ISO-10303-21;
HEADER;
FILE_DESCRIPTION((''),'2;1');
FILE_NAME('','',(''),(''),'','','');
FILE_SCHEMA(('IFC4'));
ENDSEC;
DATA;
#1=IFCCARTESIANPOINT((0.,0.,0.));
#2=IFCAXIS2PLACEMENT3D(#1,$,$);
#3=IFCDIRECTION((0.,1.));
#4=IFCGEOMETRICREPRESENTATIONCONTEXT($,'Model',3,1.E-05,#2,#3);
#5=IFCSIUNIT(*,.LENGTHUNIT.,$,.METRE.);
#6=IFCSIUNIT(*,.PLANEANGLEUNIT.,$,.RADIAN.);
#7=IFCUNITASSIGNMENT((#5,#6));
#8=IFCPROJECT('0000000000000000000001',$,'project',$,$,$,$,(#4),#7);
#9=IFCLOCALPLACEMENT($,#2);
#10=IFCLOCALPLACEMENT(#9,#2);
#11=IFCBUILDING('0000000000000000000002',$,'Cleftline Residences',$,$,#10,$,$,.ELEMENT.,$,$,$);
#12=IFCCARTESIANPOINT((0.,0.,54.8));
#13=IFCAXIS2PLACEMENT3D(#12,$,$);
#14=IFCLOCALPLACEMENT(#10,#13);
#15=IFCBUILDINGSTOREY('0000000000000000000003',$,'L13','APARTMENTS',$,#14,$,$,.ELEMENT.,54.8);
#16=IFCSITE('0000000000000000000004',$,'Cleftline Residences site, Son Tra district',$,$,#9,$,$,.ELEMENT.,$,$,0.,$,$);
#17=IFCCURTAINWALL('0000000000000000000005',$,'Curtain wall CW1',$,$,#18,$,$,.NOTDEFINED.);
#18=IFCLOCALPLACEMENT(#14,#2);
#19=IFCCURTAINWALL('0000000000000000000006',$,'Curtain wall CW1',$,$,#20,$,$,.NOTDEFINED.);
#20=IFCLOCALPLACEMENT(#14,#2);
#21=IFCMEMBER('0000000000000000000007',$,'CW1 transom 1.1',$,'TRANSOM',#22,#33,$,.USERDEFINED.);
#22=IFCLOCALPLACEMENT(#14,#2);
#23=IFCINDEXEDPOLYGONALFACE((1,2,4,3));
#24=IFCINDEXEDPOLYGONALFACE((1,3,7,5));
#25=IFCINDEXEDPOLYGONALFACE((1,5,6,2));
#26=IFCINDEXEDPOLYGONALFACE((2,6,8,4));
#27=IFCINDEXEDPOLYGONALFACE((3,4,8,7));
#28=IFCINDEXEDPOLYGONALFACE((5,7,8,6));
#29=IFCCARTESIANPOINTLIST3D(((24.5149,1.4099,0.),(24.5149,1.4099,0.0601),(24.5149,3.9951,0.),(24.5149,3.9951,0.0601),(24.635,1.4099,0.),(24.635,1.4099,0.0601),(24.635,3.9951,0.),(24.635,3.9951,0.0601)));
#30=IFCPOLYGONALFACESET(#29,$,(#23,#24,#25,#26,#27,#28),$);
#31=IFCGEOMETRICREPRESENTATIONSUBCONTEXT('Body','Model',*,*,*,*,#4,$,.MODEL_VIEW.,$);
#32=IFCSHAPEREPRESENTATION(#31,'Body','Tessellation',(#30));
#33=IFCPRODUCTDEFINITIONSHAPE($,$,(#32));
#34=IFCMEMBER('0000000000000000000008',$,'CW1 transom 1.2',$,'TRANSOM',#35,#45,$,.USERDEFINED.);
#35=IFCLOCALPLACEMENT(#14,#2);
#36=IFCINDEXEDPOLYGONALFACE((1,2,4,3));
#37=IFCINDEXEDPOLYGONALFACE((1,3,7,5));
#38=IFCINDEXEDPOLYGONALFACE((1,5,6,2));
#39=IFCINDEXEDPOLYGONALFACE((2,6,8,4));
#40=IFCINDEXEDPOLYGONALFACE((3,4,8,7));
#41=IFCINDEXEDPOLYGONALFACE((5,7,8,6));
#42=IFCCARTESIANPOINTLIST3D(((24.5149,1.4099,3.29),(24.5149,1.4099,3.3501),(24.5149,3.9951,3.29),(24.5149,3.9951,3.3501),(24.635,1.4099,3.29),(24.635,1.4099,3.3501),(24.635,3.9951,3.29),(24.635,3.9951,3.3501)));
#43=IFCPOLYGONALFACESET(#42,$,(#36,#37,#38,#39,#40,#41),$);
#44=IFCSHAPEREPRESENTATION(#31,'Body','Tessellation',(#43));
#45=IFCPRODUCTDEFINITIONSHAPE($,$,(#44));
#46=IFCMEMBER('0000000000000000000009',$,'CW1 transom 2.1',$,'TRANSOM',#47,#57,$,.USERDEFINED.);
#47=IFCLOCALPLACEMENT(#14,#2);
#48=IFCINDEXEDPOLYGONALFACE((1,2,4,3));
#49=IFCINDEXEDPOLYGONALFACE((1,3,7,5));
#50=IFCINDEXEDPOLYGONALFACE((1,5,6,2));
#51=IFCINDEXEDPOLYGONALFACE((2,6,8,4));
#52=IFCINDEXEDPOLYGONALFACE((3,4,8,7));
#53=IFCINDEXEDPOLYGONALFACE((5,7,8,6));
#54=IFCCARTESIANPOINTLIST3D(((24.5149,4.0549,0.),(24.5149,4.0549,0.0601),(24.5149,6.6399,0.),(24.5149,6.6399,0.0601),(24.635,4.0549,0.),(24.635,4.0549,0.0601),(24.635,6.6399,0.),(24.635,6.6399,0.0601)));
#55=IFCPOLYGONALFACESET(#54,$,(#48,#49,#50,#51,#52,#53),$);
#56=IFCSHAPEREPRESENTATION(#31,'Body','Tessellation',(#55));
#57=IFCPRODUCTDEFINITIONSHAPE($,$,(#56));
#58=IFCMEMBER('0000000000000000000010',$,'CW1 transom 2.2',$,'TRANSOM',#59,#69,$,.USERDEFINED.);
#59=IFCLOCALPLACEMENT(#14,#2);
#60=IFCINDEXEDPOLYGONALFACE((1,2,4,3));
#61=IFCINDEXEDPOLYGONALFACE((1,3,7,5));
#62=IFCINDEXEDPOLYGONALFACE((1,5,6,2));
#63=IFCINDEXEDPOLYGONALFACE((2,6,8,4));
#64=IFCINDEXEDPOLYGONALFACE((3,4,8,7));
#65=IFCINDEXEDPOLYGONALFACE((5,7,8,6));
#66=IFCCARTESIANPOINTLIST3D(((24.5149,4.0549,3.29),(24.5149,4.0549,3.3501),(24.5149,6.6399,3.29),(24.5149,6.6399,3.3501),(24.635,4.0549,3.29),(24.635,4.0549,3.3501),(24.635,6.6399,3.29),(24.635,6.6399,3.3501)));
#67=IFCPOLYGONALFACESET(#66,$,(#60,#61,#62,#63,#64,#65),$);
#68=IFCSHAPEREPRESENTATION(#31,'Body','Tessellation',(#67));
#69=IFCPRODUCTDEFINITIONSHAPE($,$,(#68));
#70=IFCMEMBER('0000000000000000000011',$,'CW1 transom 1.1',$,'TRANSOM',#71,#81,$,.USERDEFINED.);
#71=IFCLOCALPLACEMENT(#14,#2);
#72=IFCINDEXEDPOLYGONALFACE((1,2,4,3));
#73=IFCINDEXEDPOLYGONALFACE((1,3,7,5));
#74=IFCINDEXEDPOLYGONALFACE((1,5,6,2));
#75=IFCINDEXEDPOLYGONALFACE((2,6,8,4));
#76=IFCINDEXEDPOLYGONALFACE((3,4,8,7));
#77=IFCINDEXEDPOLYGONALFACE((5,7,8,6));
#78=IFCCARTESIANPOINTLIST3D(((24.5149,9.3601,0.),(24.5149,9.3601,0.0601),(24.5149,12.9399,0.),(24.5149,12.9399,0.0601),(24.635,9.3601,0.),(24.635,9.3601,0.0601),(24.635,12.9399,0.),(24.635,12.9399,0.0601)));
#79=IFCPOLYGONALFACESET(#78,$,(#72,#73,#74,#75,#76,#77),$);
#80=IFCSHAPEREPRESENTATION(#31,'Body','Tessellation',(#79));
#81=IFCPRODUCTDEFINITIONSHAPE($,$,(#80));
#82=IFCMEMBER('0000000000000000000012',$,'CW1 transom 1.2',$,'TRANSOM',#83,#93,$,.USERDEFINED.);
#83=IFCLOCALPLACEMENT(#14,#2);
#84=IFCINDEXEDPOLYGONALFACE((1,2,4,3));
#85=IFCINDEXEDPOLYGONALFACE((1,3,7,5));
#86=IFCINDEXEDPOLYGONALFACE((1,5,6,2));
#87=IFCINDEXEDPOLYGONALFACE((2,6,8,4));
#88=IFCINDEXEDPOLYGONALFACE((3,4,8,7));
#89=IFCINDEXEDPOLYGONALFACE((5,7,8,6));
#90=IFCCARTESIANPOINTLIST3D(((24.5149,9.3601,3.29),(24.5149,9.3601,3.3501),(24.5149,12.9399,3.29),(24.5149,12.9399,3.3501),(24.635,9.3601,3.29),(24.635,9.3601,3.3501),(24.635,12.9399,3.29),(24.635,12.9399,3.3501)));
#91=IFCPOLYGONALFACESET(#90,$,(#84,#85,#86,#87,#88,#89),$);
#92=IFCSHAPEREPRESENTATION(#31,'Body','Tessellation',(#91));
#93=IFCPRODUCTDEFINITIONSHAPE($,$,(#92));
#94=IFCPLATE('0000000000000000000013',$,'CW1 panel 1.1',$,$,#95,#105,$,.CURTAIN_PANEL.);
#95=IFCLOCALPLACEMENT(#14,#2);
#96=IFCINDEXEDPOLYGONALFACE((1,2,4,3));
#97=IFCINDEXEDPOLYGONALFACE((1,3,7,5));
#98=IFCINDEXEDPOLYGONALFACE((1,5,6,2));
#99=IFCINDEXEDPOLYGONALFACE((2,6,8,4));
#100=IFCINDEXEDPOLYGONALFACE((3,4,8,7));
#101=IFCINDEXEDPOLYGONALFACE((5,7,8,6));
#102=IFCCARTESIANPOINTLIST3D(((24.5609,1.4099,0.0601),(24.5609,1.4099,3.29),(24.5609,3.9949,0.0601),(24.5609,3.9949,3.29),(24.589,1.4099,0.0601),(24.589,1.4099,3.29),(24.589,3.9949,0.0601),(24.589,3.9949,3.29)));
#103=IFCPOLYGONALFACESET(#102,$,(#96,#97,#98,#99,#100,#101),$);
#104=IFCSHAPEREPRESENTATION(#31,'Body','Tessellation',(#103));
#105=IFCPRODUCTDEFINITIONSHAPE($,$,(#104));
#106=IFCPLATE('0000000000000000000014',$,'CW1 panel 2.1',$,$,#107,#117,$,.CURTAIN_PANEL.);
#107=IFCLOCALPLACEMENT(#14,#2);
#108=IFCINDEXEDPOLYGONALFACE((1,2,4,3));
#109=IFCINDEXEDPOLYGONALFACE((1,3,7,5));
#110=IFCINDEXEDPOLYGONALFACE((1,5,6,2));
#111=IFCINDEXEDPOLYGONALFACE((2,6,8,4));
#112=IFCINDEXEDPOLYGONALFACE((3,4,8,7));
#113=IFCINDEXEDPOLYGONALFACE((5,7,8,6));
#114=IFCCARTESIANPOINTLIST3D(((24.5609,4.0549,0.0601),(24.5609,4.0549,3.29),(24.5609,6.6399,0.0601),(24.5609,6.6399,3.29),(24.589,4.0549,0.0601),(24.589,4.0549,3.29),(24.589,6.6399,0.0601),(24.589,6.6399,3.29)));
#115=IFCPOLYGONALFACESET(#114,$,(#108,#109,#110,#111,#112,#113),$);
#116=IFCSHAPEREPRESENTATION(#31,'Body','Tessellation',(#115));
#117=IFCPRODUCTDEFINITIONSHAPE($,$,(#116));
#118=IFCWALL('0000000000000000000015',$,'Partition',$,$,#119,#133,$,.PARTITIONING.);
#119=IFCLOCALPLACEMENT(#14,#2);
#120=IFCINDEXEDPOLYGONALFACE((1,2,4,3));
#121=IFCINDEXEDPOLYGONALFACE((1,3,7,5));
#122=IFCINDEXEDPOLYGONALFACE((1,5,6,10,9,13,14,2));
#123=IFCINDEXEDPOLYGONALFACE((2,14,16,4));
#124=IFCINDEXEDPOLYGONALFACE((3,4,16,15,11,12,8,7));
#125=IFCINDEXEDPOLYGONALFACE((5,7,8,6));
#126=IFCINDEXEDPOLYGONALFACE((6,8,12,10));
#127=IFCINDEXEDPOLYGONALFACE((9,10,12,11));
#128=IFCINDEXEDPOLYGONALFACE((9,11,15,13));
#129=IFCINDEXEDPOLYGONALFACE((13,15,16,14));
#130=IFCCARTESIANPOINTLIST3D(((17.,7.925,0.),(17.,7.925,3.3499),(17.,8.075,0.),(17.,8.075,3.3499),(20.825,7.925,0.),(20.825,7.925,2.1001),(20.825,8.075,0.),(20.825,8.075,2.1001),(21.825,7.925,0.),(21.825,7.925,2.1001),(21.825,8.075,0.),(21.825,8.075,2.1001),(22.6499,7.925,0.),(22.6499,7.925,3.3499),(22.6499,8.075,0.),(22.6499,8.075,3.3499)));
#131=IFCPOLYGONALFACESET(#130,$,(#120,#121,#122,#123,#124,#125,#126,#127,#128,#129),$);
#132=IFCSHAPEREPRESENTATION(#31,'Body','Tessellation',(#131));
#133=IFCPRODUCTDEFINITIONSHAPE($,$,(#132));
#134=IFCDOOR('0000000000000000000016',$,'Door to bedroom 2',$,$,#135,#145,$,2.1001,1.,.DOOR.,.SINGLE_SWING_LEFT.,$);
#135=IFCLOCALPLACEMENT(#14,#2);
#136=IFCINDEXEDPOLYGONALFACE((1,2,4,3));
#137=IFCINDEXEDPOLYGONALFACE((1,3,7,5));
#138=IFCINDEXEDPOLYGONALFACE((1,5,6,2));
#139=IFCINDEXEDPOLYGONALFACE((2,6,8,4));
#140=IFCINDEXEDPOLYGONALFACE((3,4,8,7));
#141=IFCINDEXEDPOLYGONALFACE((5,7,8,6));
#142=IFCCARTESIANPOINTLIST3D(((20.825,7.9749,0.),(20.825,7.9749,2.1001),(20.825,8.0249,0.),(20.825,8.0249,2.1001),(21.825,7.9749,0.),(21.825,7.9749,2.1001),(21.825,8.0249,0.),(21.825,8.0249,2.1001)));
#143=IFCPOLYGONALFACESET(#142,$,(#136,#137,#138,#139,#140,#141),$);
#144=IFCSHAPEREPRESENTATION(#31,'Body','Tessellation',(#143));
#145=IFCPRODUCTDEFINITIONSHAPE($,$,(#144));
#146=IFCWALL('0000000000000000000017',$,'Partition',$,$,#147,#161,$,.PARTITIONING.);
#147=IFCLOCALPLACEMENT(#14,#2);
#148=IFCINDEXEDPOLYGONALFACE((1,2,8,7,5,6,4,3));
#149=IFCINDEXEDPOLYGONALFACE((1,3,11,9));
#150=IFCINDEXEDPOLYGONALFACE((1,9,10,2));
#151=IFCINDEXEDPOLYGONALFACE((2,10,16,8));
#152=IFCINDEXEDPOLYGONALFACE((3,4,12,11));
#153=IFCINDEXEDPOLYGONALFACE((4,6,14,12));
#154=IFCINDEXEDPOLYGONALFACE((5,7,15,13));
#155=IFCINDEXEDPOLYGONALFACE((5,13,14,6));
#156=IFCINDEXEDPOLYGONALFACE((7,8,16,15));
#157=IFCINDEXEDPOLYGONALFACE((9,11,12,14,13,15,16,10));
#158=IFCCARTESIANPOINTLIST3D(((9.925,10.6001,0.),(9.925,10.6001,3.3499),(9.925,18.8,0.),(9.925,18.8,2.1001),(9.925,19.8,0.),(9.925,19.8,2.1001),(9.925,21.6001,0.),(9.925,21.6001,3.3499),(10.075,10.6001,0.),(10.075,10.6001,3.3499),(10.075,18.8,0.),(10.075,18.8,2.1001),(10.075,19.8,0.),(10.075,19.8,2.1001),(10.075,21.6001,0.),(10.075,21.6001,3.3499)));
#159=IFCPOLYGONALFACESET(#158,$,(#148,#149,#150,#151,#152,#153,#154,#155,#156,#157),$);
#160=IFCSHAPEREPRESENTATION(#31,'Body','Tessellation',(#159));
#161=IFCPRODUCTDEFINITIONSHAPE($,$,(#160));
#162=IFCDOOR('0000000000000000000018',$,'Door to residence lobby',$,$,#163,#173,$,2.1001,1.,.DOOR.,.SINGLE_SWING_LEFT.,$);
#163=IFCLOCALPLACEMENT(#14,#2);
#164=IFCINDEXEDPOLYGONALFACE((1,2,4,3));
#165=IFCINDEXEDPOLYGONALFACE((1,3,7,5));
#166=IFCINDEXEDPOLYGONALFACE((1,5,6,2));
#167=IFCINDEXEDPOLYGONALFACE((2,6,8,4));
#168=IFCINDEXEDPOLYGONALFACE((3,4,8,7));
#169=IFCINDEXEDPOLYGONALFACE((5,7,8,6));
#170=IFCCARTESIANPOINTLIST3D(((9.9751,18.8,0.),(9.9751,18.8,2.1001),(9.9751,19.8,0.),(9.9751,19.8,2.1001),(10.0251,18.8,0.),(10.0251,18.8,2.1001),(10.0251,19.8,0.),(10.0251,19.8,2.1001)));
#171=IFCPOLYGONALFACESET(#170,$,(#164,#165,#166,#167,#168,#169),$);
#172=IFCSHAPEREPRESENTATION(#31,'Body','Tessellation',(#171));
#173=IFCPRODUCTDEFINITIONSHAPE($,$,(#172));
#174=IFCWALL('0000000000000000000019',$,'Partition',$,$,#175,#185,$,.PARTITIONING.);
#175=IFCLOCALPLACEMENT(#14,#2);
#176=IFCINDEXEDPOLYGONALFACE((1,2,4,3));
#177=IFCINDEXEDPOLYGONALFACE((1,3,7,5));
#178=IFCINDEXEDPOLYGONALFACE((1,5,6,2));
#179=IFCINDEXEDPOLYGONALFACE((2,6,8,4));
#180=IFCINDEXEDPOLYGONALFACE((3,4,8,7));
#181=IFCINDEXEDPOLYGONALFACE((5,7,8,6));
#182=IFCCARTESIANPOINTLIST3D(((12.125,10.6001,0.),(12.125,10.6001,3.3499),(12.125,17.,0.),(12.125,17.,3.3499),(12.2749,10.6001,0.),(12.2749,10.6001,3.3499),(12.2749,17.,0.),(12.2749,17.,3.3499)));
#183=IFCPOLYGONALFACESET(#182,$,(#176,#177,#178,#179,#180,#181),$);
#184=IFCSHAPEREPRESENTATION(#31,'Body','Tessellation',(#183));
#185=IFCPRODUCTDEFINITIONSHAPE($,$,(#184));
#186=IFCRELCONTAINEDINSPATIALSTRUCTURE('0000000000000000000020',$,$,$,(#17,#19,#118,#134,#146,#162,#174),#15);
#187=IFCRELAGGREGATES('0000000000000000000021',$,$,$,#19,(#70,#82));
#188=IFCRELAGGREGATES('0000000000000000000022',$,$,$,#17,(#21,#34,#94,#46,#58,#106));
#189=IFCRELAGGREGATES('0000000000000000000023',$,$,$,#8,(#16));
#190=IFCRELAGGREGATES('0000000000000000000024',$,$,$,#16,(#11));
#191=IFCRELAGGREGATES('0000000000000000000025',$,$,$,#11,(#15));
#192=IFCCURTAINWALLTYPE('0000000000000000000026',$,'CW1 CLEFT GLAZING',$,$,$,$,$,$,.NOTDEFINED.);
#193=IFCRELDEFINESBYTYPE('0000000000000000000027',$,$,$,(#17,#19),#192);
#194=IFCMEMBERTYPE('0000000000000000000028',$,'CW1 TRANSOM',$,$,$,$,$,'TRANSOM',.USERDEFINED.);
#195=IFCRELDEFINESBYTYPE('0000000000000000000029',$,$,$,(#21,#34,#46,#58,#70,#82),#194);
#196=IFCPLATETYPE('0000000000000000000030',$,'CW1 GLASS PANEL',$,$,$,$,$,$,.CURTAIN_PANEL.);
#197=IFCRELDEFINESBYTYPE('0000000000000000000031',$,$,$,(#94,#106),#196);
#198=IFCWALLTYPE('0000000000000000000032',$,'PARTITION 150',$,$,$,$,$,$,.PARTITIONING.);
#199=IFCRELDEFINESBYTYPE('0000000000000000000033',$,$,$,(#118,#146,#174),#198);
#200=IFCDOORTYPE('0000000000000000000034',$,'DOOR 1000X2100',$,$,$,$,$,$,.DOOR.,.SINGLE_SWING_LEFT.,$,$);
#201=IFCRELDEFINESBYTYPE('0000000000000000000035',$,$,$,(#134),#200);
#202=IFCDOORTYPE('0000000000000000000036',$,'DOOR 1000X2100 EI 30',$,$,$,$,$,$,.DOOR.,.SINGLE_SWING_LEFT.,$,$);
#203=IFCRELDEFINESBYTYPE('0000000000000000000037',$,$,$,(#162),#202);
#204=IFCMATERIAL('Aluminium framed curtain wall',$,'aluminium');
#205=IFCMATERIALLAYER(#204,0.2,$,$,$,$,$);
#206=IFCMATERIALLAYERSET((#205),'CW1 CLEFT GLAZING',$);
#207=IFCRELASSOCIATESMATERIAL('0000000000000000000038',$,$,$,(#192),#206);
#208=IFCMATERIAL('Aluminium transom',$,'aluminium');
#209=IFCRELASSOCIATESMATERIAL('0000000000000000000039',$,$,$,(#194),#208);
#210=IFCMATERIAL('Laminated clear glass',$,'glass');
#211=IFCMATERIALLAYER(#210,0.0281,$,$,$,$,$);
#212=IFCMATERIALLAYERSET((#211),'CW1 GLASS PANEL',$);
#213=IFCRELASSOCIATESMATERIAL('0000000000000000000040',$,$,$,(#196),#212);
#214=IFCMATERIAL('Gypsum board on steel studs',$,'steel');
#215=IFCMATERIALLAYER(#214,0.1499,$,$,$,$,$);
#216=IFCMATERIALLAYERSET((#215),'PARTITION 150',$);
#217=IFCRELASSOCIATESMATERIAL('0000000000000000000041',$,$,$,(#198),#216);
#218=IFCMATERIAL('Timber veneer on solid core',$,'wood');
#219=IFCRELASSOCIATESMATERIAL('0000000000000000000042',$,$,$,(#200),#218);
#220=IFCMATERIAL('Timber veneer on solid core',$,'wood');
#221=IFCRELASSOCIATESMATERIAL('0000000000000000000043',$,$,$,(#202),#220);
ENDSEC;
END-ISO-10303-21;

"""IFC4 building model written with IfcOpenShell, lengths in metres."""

from ifc_helpers import new_model, si_unit, direction, frame, frame_2d, origin, origin_2d, place, context, subcontext, project, spatial, rectangle, extrude, material, layer, layer_set, material_profile, profile_set, type_object, element, fill, aggregate, save


model = new_model("IFC4")

# Units and contexts
model_context = context("Model", 3, precision=1e-05, world=origin(), true_north=direction((0.0, 1.0)))
body_context = subcontext(model_context, "Body", "Model", "MODEL_VIEW")
ifc_project = project(units=[si_unit("LENGTHUNIT", "METRE"), si_unit("PLANEANGLEUNIT", "RADIAN")], contexts=[model_context])

# Site, building, storey
site_placement = place(None, origin())
site = spatial("IfcSite", under=ifc_project, at=site_placement, Name="Cleftline Residences site, Son Tra district", CompositionType="ELEMENT", RefElevation=0.0)
building_placement = place(site_placement, origin())
building = spatial("IfcBuilding", under=site, at=building_placement, Name="Cleftline Residences", CompositionType="ELEMENT")
storey_placement = place(building_placement, frame((0.0, 0.0, 54.8)))
storey = spatial("IfcBuildingStorey", under=building, at=storey_placement, Name="L13", Description="APARTMENTS", CompositionType="ELEMENT", Elevation=54.8)

# Curtain wall
ifc_material_1 = material(Name="Aluminium framed curtain wall", Category="aluminium")
ifc_layer_1 = layer(ifc_material_1, 0.2)
ifc_layer_set_1 = layer_set([ifc_layer_1], Name="CW1 CLEFT GLAZING")
curtain_wall_type = type_object("IfcCurtainWallType", Name="CW1 CLEFT GLAZING", PredefinedType="NOTDEFINED", material=ifc_layer_set_1)
curtain_wall_1_placement = place(storey_placement, origin())
curtain_wall_1 = element("IfcCurtainWall", 1, at=curtain_wall_1_placement, inside=storey, type_object=curtain_wall_type, Name="Curtain wall CW1", PredefinedType="NOTDEFINED")

# Curtain wall
curtain_wall_2_placement = place(storey_placement, origin())
curtain_wall_2 = element("IfcCurtainWall", 2, at=curtain_wall_2_placement, inside=storey, type_object=curtain_wall_type, Name="Curtain wall CW1", PredefinedType="NOTDEFINED")

# Members
ifc_material_2 = material(Name="Aluminium transom", Category="aluminium")
ifc_material_profile_1 = material_profile(ifc_material_2, rectangle(XDim=0.1201, YDim=0.0601, at=origin_2d()))
ifc_profile_set_1 = profile_set([ifc_material_profile_1], Name="Aluminium transom")
member_type_1 = type_object("IfcMemberType", Name="CW1 TRANSOM", ElementType="TRANSOM", PredefinedType="USERDEFINED", material=ifc_profile_set_1)
member_1_placement = place(storey_placement, frame((24.575, 1.4099, 0.03), z_axis=(0.0, 1.0, 0.0), x_axis=(-1.0, 0.0, 0.0)))
member_1 = element("IfcMember", 3, at=member_1_placement, type_object=member_type_1, Name="CW1 transom 1.1", ObjectType="TRANSOM", PredefinedType="USERDEFINED", context=body_context, shape_type="SweptSolid", body=[
    extrude(rectangle(XDim=0.1201, YDim=0.0601, at=origin_2d()), origin(), (0.0, 0.0, 1.0), 2.5852),
])
member_2_placement = place(storey_placement, frame((24.575, 1.4099, 3.3201), z_axis=(0.0, 1.0, 0.0), x_axis=(-1.0, 0.0, 0.0)))
member_2 = element("IfcMember", 4, at=member_2_placement, type_object=member_type_1, Name="CW1 transom 1.2", ObjectType="TRANSOM", PredefinedType="USERDEFINED", context=body_context, shape_type="SweptSolid", body=[
    extrude(rectangle(XDim=0.1201, YDim=0.0601, at=origin_2d()), origin(), (0.0, 0.0, 1.0), 2.5852),
])
member_3_placement = place(storey_placement, frame((24.575, 4.0549, 0.03), z_axis=(0.0, 1.0, 0.0), x_axis=(-1.0, 0.0, 0.0)))
member_3 = element("IfcMember", 5, at=member_3_placement, type_object=member_type_1, Name="CW1 transom 2.1", ObjectType="TRANSOM", PredefinedType="USERDEFINED", context=body_context, shape_type="SweptSolid", body=[
    extrude(rectangle(XDim=0.1201, YDim=0.0601, at=origin_2d()), origin(), (0.0, 0.0, 1.0), 2.585),
])
member_4_placement = place(storey_placement, frame((24.575, 4.0549, 3.3201), z_axis=(0.0, 1.0, 0.0), x_axis=(-1.0, 0.0, 0.0)))
member_4 = element("IfcMember", 6, at=member_4_placement, type_object=member_type_1, Name="CW1 transom 2.2", ObjectType="TRANSOM", PredefinedType="USERDEFINED", context=body_context, shape_type="SweptSolid", body=[
    extrude(rectangle(XDim=0.1201, YDim=0.0601, at=origin_2d()), origin(), (0.0, 0.0, 1.0), 2.585),
])
member_5_placement = place(storey_placement, frame((24.575, 9.3601, 0.03), z_axis=(0.0, 1.0, 0.0), x_axis=(-1.0, 0.0, 0.0)))
member_5 = element("IfcMember", 7, at=member_5_placement, type_object=member_type_1, Name="CW1 transom 1.1", ObjectType="TRANSOM", PredefinedType="USERDEFINED", context=body_context, shape_type="SweptSolid", body=[
    extrude(rectangle(XDim=0.1201, YDim=0.0601, at=origin_2d()), origin(), (0.0, 0.0, 1.0), 3.5798),
])
member_6_placement = place(storey_placement, frame((24.575, 9.3601, 3.3201), z_axis=(0.0, 1.0, 0.0), x_axis=(-1.0, 0.0, 0.0)))
member_6 = element("IfcMember", 8, at=member_6_placement, type_object=member_type_1, Name="CW1 transom 1.2", ObjectType="TRANSOM", PredefinedType="USERDEFINED", context=body_context, shape_type="SweptSolid", body=[
    extrude(rectangle(XDim=0.1201, YDim=0.0601, at=origin_2d()), origin(), (0.0, 0.0, 1.0), 3.5798),
])
aggregate(curtain_wall_2, [member_5, member_6])

# Plates
ifc_material_3 = material(Name="Laminated clear glass", Category="glass")
ifc_layer_2 = layer(ifc_material_3, 0.0281)
ifc_layer_set_2 = layer_set([ifc_layer_2], Name="CW1 GLASS PANEL")
plate_type = type_object("IfcPlateType", Name="CW1 GLASS PANEL", PredefinedType="CURTAIN_PANEL", material=ifc_layer_set_2)
plate_1_placement = place(storey_placement, frame((24.575, 2.7024, 0.0601), z_axis=(0.0, 0.0, 1.0), x_axis=(0.0, 1.0, 0.0)))
plate_1 = element("IfcPlate", 9, at=plate_1_placement, type_object=plate_type, Name="CW1 panel 1.1", PredefinedType="CURTAIN_PANEL", context=body_context, shape_type="SweptSolid", body=[
    extrude(rectangle(XDim=2.585, YDim=0.0281, at=origin_2d()), origin(), (0.0, 0.0, 1.0), 3.23),
])
plate_2_placement = place(storey_placement, frame((24.575, 5.3474, 0.0601), z_axis=(0.0, 0.0, 1.0), x_axis=(0.0, 1.0, 0.0)))
plate_2 = element("IfcPlate", 10, at=plate_2_placement, type_object=plate_type, Name="CW1 panel 2.1", PredefinedType="CURTAIN_PANEL", context=body_context, shape_type="SweptSolid", body=[
    extrude(rectangle(XDim=2.585, YDim=0.0281, at=origin_2d()), origin(), (0.0, 0.0, 1.0), 3.23),
])
aggregate(curtain_wall_1, [member_1, member_2, plate_1, member_3, member_4, plate_2])

# Walls, openings, doors
ifc_material_4 = material(Name="Gypsum board on steel studs", Category="steel")
ifc_layer_3 = layer(ifc_material_4, 0.1499)
ifc_layer_set_3 = layer_set([ifc_layer_3], Name="PARTITION 150")
wall_type = type_object("IfcWallType", Name="PARTITION 150", PredefinedType="PARTITIONING", material=ifc_layer_set_3)
wall_1_placement = place(storey_placement, frame((17.0, 8.0, 0.0), z_axis=(0.0, 0.0, 1.0), x_axis=(1.0, 0.0, 0.0)))
wall_1 = element("IfcWall", 11, at=wall_1_placement, inside=storey, type_object=wall_type, Name="Partition", PredefinedType="PARTITIONING", context=body_context, shape_type="SweptSolid", body=[
    extrude(rectangle(XDim=5.6499, YDim=0.1499, at=frame_2d((2.825, 0.0))), origin(), (0.0, 0.0, 1.0), 3.3499),
])
opening_1_placement = place(wall_1_placement, frame((3.825, 0.0, 0.0)))
opening_1 = element("IfcOpeningElement", 12, at=opening_1_placement, cuts=wall_1, PredefinedType="OPENING", context=body_context, shape_type="SweptSolid", body=[
    extrude(rectangle(XDim=1.0, YDim=2.1001, at=frame_2d((0.5, 1.05))), frame((0.0, 0.085, 0.0), z_axis=(0.0, -1.0, 0.0), x_axis=(1.0, 0.0, 0.0)), (0.0, 0.0, 1.0), 0.1699),
])
ifc_material_5 = material(Name="Timber veneer on solid core", Category="wood")
door_type_1 = type_object("IfcDoorType", Name="DOOR 1000X2100", OperationType="SINGLE_SWING_LEFT", PredefinedType="DOOR", material=ifc_material_5)
door_1_placement = place(opening_1_placement, origin())
door_1 = element("IfcDoor", 13, at=door_1_placement, inside=storey, type_object=door_type_1, Name="Door to bedroom 2", OperationType="SINGLE_SWING_LEFT", OverallHeight=2.1001, OverallWidth=1.0, PredefinedType="DOOR", context=body_context, shape_type="SweptSolid", body=[
    extrude(rectangle(XDim=1.0, YDim=2.1001, at=frame_2d((0.5, 1.05))), frame((0.0, 0.0249, 0.0), z_axis=(0.0, -1.0, 0.0), x_axis=(1.0, 0.0, 0.0)), (0.0, 0.0, 1.0), 0.05),
])
fill(opening_1, door_1)
wall_2_placement = place(storey_placement, frame((10.0, 10.6001, 0.0), z_axis=(0.0, 0.0, 1.0), x_axis=(0.0, 1.0, 0.0)))
wall_2 = element("IfcWall", 14, at=wall_2_placement, inside=storey, type_object=wall_type, Name="Partition", PredefinedType="PARTITIONING", context=body_context, shape_type="SweptSolid", body=[
    extrude(rectangle(XDim=11.0, YDim=0.1499, at=frame_2d((5.5, 0.0))), origin(), (0.0, 0.0, 1.0), 3.3499),
])
opening_2_placement = place(wall_2_placement, frame((8.2, 0.0, 0.0)))
opening_2 = element("IfcOpeningElement", 15, at=opening_2_placement, cuts=wall_2, PredefinedType="OPENING", context=body_context, shape_type="SweptSolid", body=[
    extrude(rectangle(XDim=1.0, YDim=2.1001, at=frame_2d((0.5, 1.05))), frame((0.0, 0.085, 0.0), z_axis=(0.0, -1.0, 0.0), x_axis=(1.0, 0.0, 0.0)), (0.0, 0.0, 1.0), 0.1699),
])
ifc_material_6 = material(Name="Timber veneer on solid core", Category="wood")
door_type_2 = type_object("IfcDoorType", Name="DOOR 1000X2100 EI 30", OperationType="SINGLE_SWING_LEFT", PredefinedType="DOOR", material=ifc_material_6)
door_2_placement = place(opening_2_placement, origin())
door_2 = element("IfcDoor", 16, at=door_2_placement, inside=storey, type_object=door_type_2, Name="Door to residence lobby", OperationType="SINGLE_SWING_LEFT", OverallHeight=2.1001, OverallWidth=1.0, PredefinedType="DOOR", context=body_context, shape_type="SweptSolid", body=[
    extrude(rectangle(XDim=1.0, YDim=2.1001, at=frame_2d((0.5, 1.05))), frame((0.0, 0.0249, 0.0), z_axis=(0.0, -1.0, 0.0), x_axis=(1.0, 0.0, 0.0)), (0.0, 0.0, 1.0), 0.05),
])
fill(opening_2, door_2)

# Wall
wall_3_placement = place(storey_placement, frame((12.2, 10.6001, 0.0), z_axis=(0.0, 0.0, 1.0), x_axis=(0.0, 1.0, 0.0)))
element("IfcWall", 17, at=wall_3_placement, inside=storey, type_object=wall_type, Name="Partition", PredefinedType="PARTITIONING", context=body_context, shape_type="SweptSolid", body=[
    extrude(rectangle(XDim=6.3999, YDim=0.1499, at=frame_2d((3.2, 0.0))), origin(), (0.0, 0.0, 1.0), 3.3499),
])

save(model, "model.ifc")
